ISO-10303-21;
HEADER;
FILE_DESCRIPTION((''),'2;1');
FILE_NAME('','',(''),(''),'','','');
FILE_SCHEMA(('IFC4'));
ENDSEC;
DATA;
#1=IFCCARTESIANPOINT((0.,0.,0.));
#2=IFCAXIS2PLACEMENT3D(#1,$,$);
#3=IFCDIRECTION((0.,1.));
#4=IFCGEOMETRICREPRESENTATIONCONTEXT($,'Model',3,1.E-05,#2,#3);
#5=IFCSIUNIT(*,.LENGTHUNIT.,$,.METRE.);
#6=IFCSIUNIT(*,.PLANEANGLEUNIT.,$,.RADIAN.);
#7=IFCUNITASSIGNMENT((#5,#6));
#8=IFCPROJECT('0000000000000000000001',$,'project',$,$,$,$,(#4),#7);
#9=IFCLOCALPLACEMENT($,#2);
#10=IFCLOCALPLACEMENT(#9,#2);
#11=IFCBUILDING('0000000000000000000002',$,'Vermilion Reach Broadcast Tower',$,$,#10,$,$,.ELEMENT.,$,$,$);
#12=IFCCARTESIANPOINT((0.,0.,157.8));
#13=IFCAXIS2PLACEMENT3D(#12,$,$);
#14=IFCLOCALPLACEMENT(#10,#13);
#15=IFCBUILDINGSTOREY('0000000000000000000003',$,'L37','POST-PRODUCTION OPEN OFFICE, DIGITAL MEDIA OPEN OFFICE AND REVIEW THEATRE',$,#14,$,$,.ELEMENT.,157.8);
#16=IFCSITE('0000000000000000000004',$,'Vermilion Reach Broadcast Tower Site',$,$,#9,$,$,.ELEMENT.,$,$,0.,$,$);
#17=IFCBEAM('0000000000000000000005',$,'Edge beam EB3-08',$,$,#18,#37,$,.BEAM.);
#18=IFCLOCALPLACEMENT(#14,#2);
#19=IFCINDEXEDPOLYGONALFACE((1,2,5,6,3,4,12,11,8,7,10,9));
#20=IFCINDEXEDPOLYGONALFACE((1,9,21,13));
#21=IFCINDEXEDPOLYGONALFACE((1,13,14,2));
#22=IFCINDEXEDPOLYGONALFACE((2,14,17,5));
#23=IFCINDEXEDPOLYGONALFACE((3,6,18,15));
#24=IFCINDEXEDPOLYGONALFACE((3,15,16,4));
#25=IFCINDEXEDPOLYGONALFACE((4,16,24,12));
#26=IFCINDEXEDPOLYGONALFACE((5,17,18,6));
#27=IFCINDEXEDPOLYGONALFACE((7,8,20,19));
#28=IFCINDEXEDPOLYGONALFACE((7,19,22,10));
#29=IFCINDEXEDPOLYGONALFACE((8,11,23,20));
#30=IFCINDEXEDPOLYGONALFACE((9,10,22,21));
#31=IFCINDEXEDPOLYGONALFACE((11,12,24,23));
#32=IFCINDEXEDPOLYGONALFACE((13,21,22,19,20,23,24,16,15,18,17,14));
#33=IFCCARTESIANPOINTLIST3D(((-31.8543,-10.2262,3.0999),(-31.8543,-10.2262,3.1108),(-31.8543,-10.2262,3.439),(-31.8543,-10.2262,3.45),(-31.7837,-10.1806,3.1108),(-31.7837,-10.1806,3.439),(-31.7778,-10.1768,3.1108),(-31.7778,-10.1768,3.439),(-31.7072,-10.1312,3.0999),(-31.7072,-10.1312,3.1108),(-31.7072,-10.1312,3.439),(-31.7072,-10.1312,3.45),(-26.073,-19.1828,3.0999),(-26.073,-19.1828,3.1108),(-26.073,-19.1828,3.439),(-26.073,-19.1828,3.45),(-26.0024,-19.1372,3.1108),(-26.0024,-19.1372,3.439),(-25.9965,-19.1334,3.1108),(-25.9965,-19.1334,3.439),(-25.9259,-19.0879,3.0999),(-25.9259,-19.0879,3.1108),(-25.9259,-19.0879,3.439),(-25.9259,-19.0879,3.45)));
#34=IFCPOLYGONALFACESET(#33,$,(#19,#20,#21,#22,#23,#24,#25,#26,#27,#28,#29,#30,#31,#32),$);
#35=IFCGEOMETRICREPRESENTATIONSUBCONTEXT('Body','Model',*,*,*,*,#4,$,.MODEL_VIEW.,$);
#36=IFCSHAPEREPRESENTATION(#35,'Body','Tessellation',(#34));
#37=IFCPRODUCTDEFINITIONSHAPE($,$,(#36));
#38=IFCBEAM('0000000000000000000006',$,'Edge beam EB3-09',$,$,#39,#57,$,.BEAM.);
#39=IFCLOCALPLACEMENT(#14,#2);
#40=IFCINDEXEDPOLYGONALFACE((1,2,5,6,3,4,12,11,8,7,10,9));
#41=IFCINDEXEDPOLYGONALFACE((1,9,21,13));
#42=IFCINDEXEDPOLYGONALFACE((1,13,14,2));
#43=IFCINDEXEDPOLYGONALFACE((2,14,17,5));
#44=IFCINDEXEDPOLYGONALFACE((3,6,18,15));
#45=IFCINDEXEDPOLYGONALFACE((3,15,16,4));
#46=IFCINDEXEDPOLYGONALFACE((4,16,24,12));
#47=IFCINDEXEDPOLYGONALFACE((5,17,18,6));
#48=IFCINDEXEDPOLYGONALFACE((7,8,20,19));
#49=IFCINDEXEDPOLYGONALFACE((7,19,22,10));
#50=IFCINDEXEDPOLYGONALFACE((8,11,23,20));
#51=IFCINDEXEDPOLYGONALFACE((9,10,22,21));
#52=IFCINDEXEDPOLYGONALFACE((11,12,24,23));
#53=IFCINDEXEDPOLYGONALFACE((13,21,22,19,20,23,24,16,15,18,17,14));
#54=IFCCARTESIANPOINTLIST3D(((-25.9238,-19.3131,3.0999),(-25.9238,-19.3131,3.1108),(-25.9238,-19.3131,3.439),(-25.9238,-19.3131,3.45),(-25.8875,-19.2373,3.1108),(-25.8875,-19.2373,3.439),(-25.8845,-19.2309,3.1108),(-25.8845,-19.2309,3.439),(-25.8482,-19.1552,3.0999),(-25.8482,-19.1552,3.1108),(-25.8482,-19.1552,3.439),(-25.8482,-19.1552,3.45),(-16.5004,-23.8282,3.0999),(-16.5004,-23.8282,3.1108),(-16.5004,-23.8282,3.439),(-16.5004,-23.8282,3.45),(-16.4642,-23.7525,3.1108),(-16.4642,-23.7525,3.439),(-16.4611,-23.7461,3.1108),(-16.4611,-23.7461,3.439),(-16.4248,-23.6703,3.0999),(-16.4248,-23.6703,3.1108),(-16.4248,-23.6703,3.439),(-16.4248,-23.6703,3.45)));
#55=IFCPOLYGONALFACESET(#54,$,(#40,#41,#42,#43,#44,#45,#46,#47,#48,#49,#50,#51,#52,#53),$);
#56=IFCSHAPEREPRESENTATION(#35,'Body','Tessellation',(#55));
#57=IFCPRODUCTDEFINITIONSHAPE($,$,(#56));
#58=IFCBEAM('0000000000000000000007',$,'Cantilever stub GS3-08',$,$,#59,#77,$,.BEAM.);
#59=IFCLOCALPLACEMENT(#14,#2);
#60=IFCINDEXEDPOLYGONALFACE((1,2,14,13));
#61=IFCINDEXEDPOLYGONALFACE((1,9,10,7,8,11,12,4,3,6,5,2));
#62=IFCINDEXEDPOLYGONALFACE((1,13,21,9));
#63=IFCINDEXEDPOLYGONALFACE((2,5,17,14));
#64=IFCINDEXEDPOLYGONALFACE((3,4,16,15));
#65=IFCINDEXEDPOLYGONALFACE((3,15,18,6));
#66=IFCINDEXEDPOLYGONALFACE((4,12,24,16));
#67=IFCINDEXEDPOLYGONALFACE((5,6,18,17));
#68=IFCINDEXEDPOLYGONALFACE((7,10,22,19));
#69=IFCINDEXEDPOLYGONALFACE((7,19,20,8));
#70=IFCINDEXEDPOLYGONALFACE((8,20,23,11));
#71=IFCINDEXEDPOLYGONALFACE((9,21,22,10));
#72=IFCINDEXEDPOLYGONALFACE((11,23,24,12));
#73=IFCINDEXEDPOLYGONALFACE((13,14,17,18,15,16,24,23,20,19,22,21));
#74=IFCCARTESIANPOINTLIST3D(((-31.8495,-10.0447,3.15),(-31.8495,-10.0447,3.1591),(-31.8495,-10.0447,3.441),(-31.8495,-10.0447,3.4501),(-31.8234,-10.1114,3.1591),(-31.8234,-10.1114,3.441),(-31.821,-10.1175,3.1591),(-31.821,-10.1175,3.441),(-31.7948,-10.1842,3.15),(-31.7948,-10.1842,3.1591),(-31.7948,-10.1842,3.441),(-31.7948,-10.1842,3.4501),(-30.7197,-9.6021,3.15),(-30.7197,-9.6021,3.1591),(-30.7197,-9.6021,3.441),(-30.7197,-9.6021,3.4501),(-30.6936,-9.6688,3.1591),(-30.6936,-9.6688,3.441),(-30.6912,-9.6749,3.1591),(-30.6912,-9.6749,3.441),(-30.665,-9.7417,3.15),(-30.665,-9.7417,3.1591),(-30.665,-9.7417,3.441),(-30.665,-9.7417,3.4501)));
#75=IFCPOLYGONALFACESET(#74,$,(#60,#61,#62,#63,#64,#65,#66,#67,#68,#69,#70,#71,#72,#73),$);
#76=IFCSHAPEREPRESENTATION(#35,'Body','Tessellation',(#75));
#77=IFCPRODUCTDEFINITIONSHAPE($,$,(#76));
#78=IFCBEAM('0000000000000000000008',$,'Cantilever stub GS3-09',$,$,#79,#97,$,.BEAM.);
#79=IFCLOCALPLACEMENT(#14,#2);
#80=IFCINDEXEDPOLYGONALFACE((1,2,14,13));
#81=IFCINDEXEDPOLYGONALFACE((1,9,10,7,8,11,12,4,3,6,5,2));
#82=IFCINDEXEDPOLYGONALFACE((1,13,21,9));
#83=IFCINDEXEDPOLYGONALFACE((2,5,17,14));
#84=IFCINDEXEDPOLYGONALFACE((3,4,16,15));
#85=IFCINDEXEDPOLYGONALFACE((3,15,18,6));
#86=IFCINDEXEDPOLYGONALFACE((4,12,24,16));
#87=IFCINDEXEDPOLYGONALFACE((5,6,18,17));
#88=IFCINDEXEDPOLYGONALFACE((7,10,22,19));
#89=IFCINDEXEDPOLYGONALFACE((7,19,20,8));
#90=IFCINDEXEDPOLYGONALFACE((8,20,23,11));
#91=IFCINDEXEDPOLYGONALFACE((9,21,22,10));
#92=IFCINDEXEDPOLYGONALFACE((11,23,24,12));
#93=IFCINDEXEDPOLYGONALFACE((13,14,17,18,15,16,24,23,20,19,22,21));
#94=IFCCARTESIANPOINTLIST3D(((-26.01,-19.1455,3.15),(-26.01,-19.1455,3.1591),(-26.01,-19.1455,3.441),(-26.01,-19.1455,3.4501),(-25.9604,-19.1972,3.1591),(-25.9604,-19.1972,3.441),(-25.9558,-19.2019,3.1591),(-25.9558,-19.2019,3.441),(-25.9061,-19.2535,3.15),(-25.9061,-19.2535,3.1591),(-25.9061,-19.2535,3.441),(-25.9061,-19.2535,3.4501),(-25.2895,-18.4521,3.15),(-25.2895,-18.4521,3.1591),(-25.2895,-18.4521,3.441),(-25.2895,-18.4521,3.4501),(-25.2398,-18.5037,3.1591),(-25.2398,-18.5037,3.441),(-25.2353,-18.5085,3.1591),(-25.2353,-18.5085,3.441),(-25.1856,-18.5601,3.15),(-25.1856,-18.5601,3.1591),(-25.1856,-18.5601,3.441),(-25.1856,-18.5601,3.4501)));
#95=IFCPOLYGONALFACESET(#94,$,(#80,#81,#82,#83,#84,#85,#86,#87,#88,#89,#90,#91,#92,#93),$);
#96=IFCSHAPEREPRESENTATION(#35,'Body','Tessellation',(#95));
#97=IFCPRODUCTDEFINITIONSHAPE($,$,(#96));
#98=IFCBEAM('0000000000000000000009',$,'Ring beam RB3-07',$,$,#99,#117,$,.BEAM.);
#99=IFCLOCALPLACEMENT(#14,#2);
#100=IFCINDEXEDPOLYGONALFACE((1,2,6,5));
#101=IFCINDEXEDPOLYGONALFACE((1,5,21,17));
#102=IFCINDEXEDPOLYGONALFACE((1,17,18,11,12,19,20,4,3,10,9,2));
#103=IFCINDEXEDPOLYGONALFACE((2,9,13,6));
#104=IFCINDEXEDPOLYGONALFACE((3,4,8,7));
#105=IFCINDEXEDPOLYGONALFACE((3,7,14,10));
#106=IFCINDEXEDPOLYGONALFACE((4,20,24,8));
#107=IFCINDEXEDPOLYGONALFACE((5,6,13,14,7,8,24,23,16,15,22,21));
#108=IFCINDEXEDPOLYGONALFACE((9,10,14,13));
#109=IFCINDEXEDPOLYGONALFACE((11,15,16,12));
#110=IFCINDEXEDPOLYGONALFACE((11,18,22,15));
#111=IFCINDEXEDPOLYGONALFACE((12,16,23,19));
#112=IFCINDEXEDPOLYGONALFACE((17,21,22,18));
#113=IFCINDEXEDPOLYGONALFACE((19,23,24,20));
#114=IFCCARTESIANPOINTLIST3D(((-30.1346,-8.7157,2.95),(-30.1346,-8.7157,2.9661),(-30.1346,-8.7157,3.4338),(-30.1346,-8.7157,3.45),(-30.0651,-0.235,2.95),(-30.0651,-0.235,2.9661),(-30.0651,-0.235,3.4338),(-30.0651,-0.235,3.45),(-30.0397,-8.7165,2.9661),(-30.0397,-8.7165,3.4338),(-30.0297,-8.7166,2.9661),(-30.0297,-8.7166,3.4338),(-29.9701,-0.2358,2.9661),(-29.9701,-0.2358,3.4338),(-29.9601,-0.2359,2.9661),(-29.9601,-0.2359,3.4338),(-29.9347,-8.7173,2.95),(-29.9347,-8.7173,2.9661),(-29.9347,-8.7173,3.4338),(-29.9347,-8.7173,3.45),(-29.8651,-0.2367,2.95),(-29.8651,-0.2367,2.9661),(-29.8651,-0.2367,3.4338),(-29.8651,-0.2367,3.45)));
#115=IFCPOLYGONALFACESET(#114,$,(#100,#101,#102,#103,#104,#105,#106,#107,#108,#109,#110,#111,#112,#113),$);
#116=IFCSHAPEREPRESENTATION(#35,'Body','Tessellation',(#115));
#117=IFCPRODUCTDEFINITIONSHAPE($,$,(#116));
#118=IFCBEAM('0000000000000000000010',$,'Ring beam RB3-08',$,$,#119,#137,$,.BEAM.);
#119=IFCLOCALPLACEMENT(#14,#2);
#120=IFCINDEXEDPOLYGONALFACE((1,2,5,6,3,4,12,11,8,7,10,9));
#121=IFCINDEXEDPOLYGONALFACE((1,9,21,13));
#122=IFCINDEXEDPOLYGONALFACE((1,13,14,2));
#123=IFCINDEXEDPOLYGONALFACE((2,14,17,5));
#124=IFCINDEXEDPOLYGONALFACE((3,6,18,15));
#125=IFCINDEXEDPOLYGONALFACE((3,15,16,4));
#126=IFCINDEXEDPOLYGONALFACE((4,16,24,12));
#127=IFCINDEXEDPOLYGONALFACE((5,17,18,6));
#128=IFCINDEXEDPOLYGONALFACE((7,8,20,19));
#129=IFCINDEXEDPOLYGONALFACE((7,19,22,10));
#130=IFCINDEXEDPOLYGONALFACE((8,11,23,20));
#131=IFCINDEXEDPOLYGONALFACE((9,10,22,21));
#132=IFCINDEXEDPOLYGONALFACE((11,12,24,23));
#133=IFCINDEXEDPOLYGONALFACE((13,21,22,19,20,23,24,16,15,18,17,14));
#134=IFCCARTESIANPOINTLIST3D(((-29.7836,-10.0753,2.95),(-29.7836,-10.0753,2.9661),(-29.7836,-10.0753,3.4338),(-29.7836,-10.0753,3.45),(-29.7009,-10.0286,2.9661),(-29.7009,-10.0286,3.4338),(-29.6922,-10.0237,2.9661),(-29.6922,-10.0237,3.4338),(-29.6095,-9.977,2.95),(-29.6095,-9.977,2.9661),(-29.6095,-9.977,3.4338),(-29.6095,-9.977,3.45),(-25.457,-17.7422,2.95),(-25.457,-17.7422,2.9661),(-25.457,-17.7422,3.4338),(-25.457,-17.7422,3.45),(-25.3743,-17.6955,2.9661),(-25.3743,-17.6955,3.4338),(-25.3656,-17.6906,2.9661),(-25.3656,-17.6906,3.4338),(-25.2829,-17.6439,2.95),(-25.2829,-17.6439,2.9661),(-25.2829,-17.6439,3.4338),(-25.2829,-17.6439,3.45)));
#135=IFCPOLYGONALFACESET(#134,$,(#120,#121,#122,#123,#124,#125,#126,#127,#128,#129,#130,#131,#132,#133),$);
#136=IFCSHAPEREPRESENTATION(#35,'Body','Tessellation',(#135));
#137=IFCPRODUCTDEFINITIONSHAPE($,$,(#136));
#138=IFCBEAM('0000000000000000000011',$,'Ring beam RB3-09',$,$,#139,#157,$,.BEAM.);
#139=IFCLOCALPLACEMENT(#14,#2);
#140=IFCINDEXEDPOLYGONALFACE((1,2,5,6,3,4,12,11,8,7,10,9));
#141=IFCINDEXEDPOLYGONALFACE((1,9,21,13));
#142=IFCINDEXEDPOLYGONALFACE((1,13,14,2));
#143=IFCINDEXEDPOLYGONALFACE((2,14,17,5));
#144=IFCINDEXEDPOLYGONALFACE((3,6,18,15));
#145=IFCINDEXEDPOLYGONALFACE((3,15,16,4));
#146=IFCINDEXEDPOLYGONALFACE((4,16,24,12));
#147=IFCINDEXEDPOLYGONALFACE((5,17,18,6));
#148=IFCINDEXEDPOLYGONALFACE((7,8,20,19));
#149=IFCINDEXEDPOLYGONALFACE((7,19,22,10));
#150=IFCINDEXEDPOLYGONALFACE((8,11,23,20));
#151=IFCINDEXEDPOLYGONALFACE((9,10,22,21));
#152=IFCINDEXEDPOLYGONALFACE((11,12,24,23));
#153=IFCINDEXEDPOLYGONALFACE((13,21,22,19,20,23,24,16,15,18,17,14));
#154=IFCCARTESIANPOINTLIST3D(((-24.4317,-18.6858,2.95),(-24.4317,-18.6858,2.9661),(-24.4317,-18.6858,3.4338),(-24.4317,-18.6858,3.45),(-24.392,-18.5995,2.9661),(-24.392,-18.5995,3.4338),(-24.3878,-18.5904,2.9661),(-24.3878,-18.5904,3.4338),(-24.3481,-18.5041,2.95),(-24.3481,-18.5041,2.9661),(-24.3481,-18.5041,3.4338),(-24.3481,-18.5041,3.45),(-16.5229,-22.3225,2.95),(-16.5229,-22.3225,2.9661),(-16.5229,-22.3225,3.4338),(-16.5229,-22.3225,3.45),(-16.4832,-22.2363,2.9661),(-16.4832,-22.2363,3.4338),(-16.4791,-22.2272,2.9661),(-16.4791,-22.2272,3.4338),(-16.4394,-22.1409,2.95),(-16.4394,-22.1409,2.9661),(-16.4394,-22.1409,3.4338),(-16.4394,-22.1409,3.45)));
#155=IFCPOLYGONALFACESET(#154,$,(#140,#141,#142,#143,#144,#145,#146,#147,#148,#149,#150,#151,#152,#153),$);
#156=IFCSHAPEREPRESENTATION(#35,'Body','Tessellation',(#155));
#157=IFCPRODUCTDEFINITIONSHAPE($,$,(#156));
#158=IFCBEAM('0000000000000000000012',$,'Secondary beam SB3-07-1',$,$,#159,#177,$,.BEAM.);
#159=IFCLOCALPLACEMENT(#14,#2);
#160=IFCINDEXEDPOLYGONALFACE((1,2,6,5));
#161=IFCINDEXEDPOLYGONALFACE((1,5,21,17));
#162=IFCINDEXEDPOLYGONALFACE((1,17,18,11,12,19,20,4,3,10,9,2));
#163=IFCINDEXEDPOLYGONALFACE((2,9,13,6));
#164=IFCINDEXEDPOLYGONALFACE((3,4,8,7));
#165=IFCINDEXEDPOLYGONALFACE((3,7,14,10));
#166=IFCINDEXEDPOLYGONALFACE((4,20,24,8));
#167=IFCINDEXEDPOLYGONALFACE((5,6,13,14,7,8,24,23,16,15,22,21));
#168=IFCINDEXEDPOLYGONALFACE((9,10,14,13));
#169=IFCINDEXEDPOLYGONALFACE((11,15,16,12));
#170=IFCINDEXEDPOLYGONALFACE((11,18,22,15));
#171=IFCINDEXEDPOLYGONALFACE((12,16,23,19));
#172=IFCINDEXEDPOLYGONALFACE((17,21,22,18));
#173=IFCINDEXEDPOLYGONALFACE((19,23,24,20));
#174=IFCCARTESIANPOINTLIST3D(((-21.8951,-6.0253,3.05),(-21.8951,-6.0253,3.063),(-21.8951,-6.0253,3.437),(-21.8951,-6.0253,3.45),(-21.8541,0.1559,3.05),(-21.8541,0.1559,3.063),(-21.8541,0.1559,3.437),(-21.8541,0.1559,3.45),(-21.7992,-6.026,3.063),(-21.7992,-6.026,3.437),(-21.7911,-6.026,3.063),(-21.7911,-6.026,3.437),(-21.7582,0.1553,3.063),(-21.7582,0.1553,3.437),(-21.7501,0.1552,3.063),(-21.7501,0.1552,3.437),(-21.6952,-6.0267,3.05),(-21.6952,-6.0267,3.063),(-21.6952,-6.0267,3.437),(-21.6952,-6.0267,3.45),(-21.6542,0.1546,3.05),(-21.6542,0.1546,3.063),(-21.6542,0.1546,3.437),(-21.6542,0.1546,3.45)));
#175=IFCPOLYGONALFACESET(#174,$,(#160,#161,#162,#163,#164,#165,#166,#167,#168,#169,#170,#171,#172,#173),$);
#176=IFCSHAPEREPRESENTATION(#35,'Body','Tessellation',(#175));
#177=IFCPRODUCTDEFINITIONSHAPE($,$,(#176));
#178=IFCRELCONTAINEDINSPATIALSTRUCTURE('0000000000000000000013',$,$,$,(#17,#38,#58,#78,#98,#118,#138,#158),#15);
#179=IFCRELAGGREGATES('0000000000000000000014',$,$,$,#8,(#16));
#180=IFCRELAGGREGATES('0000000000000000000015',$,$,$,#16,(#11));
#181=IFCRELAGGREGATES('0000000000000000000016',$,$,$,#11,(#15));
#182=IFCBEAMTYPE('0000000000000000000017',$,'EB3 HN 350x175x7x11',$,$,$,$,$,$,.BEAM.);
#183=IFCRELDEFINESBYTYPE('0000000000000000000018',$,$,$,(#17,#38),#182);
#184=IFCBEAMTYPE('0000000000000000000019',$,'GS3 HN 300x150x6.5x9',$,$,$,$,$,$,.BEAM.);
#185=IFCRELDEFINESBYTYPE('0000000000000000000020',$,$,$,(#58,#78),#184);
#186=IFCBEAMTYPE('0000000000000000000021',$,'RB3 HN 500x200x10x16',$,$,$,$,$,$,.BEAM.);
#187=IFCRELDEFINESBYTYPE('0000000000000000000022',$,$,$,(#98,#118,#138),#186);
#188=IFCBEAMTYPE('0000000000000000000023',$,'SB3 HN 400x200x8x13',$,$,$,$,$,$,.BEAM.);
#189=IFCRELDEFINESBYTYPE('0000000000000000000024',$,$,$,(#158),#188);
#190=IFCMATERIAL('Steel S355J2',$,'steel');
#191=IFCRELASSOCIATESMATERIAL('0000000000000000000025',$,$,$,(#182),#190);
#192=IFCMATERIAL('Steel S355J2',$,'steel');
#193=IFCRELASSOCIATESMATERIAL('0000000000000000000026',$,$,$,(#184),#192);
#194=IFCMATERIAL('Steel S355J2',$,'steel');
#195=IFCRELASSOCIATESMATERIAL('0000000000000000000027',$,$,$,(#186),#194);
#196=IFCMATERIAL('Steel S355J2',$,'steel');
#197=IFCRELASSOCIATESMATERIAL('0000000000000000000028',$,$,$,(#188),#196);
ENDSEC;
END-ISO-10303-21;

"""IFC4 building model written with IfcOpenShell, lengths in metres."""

from ifc_helpers import new_model, si_unit, direction, frame, origin, origin_2d, place, context, subcontext, project, spatial, i_section, extrude, material, material_profile, profile_set, type_object, element, save


model = new_model("IFC4")

# Units and contexts
model_context = context("Model", 3, precision=1e-05, world=origin(), true_north=direction((0.0, 1.0)))
body_context = subcontext(model_context, "Body", "Model", "MODEL_VIEW")
ifc_project = project(units=[si_unit("LENGTHUNIT", "METRE"), si_unit("PLANEANGLEUNIT", "RADIAN")], contexts=[model_context])

# Site, building, storey
site_placement = place(None, origin())
site = spatial("IfcSite", under=ifc_project, at=site_placement, Name="Vermilion Reach Broadcast Tower Site", CompositionType="ELEMENT", RefElevation=0.0)
building_placement = place(site_placement, origin())
building = spatial("IfcBuilding", under=site, at=building_placement, Name="Vermilion Reach Broadcast Tower", CompositionType="ELEMENT")
storey_placement = place(building_placement, frame((0.0, 0.0, 157.8)))
storey = spatial("IfcBuildingStorey", under=building, at=storey_placement, Name="L37", Description="POST-PRODUCTION OPEN OFFICE, DIGITAL MEDIA OPEN OFFICE AND REVIEW THEATRE", CompositionType="ELEMENT", Elevation=157.8)

# Beams
ifc_material_1 = material(Name="Steel S355J2", Category="steel")
ifc_material_profile_1 = material_profile(ifc_material_1, i_section(OverallWidth=0.175, OverallDepth=0.3501, WebThickness=0.0071, FlangeThickness=0.011, at=origin_2d()), Name="S355J2 HN 350x175x7x11")
ifc_profile_set_1 = profile_set([ifc_material_profile_1], Name="Steel S355J2")
beam_type_1 = type_object("IfcBeamType", Name="EB3 HN 350x175x7x11", PredefinedType="BEAM", material=ifc_profile_set_1)
beam_1_placement = place(storey_placement, frame((-31.7808, -10.1787, 3.2749), z_axis=(0.542315, -0.840175, 0.0), x_axis=(0.840175, 0.542315, 0.0)))
element("IfcBeam", 1, at=beam_1_placement, inside=storey, type_object=beam_type_1, Name="Edge beam EB3-08", PredefinedType="BEAM", context=body_context, shape_type="SweptSolid", body=[
    extrude(i_section(OverallWidth=0.175, OverallDepth=0.3501, WebThickness=0.0071, FlangeThickness=0.011, at=origin_2d()), origin(), (0.0, 0.0, 1.0), 10.6604),
])
beam_2_placement = place(storey_placement, frame((-25.886, -19.2341, 3.2749), z_axis=(0.901824, -0.432104, 0.0), x_axis=(0.432104, 0.901824, 0.0)))
element("IfcBeam", 2, at=beam_2_placement, inside=storey, type_object=beam_type_1, Name="Edge beam EB3-09", PredefinedType="BEAM", context=body_context, shape_type="SweptSolid", body=[
    extrude(i_section(OverallWidth=0.175, OverallDepth=0.3501, WebThickness=0.0071, FlangeThickness=0.011, at=origin_2d()), origin(), (0.0, 0.0, 1.0), 10.4492),
])
ifc_material_2 = material(Name="Steel S355J2", Category="steel")
ifc_material_profile_2 = material_profile(ifc_material_2, i_section(OverallWidth=0.1499, OverallDepth=0.3, WebThickness=0.0066, FlangeThickness=0.009, at=origin_2d()), Name="S355J2 HN 300x150x6.5x9")
ifc_profile_set_2 = profile_set([ifc_material_profile_2], Name="Steel S355J2")
beam_type_2 = type_object("IfcBeamType", Name="GS3 HN 300x150x6.5x9", PredefinedType="BEAM", material=ifc_profile_set_2)
beam_3_placement = place(storey_placement, frame((-30.6924, -9.6719, 3.3), z_axis=(-0.931103, -0.364756, 0.0), x_axis=(0.364756, -0.931103, 0.0)))
element("IfcBeam", 3, at=beam_3_placement, inside=storey, type_object=beam_type_2, Name="Cantilever stub GS3-08", PredefinedType="BEAM", context=body_context, shape_type="SweptSolid", body=[
    extrude(i_section(OverallWidth=0.1499, OverallDepth=0.3, WebThickness=0.0066, FlangeThickness=0.009, at=origin_2d()), origin(), (0.0, 0.0, 1.0), 1.2134),
])
beam_4_placement = place(storey_placement, frame((-25.2375, -18.5061, 3.3), z_axis=(-0.720528, -0.693426, 0.0), x_axis=(0.693426, -0.720528, 0.0)))
element("IfcBeam", 4, at=beam_4_placement, inside=storey, type_object=beam_type_2, Name="Cantilever stub GS3-09", PredefinedType="BEAM", context=body_context, shape_type="SweptSolid", body=[
    extrude(i_section(OverallWidth=0.1499, OverallDepth=0.3, WebThickness=0.0066, FlangeThickness=0.009, at=origin_2d()), origin(), (0.0, 0.0, 1.0), 1.0),
])
ifc_material_3 = material(Name="Steel S355J2", Category="steel")
ifc_material_profile_3 = material_profile(ifc_material_3, i_section(OverallWidth=0.2, OverallDepth=0.5, WebThickness=0.01, FlangeThickness=0.0161, at=origin_2d()), Name="S355J2 HN 500x200x10x16")
ifc_profile_set_3 = profile_set([ifc_material_profile_3], Name="Steel S355J2")
beam_type_3 = type_object("IfcBeamType", Name="RB3 HN 500x200x10x16", PredefinedType="BEAM", material=ifc_profile_set_3)
beam_5_placement = place(storey_placement, frame((-29.9651, -0.2358, 3.2), z_axis=(-0.008204, -0.999966, 0.0), x_axis=(0.999966, -0.008204, 0.0)))
element("IfcBeam", 5, at=beam_5_placement, inside=storey, type_object=beam_type_3, Name="Ring beam RB3-07", PredefinedType="BEAM", context=body_context, shape_type="SweptSolid", body=[
    extrude(i_section(OverallWidth=0.2, OverallDepth=0.5, WebThickness=0.01, FlangeThickness=0.0161, at=origin_2d()), origin(), (0.0, 0.0, 1.0), 8.481),
])
beam_6_placement = place(storey_placement, frame((-29.6965, -10.0261, 3.2), z_axis=(0.491467, -0.870896, 0.0), x_axis=(0.870896, 0.491467, 0.0)))
element("IfcBeam", 6, at=beam_6_placement, inside=storey, type_object=beam_type_3, Name="Ring beam RB3-08", PredefinedType="BEAM", context=body_context, shape_type="SweptSolid", body=[
    extrude(i_section(OverallWidth=0.2, OverallDepth=0.5, WebThickness=0.01, FlangeThickness=0.0161, at=origin_2d()), origin(), (0.0, 0.0, 1.0), 8.8035),
])
beam_7_placement = place(storey_placement, frame((-24.3899, -18.595, 3.2), z_axis=(0.908546, -0.417784, 0.0), x_axis=(0.417784, 0.908546, 0.0)))
element("IfcBeam", 7, at=beam_7_placement, inside=storey, type_object=beam_type_3, Name="Ring beam RB3-09", PredefinedType="BEAM", context=body_context, shape_type="SweptSolid", body=[
    extrude(i_section(OverallWidth=0.2, OverallDepth=0.5, WebThickness=0.01, FlangeThickness=0.0161, at=origin_2d()), origin(), (0.0, 0.0, 1.0), 8.7048),
])
ifc_material_4 = material(Name="Steel S355J2", Category="steel")
ifc_material_profile_4 = material_profile(ifc_material_4, i_section(OverallWidth=0.2, OverallDepth=0.3999, WebThickness=0.0081, FlangeThickness=0.0129, at=origin_2d()), Name="S355J2 HN 400x200x8x13")
ifc_profile_set_4 = profile_set([ifc_material_profile_4], Name="Steel S355J2")
beam_type_4 = type_object("IfcBeamType", Name="SB3 HN 400x200x8x13", PredefinedType="BEAM", material=ifc_profile_set_4)
beam_8_placement = place(storey_placement, frame((-21.7542, 0.1553, 3.25), z_axis=(-0.006635, -0.999978, 0.0), x_axis=(0.999978, -0.006635, 0.0)))
element("IfcBeam", 8, at=beam_8_placement, inside=storey, type_object=beam_type_4, Name="Secondary beam SB3-07-1", PredefinedType="BEAM", context=body_context, shape_type="SweptSolid", body=[
    extrude(i_section(OverallWidth=0.2, OverallDepth=0.3999, WebThickness=0.0081, FlangeThickness=0.0129, at=origin_2d()), origin(), (0.0, 0.0, 1.0), 6.1814),
])

save(model, "model.ifc")
